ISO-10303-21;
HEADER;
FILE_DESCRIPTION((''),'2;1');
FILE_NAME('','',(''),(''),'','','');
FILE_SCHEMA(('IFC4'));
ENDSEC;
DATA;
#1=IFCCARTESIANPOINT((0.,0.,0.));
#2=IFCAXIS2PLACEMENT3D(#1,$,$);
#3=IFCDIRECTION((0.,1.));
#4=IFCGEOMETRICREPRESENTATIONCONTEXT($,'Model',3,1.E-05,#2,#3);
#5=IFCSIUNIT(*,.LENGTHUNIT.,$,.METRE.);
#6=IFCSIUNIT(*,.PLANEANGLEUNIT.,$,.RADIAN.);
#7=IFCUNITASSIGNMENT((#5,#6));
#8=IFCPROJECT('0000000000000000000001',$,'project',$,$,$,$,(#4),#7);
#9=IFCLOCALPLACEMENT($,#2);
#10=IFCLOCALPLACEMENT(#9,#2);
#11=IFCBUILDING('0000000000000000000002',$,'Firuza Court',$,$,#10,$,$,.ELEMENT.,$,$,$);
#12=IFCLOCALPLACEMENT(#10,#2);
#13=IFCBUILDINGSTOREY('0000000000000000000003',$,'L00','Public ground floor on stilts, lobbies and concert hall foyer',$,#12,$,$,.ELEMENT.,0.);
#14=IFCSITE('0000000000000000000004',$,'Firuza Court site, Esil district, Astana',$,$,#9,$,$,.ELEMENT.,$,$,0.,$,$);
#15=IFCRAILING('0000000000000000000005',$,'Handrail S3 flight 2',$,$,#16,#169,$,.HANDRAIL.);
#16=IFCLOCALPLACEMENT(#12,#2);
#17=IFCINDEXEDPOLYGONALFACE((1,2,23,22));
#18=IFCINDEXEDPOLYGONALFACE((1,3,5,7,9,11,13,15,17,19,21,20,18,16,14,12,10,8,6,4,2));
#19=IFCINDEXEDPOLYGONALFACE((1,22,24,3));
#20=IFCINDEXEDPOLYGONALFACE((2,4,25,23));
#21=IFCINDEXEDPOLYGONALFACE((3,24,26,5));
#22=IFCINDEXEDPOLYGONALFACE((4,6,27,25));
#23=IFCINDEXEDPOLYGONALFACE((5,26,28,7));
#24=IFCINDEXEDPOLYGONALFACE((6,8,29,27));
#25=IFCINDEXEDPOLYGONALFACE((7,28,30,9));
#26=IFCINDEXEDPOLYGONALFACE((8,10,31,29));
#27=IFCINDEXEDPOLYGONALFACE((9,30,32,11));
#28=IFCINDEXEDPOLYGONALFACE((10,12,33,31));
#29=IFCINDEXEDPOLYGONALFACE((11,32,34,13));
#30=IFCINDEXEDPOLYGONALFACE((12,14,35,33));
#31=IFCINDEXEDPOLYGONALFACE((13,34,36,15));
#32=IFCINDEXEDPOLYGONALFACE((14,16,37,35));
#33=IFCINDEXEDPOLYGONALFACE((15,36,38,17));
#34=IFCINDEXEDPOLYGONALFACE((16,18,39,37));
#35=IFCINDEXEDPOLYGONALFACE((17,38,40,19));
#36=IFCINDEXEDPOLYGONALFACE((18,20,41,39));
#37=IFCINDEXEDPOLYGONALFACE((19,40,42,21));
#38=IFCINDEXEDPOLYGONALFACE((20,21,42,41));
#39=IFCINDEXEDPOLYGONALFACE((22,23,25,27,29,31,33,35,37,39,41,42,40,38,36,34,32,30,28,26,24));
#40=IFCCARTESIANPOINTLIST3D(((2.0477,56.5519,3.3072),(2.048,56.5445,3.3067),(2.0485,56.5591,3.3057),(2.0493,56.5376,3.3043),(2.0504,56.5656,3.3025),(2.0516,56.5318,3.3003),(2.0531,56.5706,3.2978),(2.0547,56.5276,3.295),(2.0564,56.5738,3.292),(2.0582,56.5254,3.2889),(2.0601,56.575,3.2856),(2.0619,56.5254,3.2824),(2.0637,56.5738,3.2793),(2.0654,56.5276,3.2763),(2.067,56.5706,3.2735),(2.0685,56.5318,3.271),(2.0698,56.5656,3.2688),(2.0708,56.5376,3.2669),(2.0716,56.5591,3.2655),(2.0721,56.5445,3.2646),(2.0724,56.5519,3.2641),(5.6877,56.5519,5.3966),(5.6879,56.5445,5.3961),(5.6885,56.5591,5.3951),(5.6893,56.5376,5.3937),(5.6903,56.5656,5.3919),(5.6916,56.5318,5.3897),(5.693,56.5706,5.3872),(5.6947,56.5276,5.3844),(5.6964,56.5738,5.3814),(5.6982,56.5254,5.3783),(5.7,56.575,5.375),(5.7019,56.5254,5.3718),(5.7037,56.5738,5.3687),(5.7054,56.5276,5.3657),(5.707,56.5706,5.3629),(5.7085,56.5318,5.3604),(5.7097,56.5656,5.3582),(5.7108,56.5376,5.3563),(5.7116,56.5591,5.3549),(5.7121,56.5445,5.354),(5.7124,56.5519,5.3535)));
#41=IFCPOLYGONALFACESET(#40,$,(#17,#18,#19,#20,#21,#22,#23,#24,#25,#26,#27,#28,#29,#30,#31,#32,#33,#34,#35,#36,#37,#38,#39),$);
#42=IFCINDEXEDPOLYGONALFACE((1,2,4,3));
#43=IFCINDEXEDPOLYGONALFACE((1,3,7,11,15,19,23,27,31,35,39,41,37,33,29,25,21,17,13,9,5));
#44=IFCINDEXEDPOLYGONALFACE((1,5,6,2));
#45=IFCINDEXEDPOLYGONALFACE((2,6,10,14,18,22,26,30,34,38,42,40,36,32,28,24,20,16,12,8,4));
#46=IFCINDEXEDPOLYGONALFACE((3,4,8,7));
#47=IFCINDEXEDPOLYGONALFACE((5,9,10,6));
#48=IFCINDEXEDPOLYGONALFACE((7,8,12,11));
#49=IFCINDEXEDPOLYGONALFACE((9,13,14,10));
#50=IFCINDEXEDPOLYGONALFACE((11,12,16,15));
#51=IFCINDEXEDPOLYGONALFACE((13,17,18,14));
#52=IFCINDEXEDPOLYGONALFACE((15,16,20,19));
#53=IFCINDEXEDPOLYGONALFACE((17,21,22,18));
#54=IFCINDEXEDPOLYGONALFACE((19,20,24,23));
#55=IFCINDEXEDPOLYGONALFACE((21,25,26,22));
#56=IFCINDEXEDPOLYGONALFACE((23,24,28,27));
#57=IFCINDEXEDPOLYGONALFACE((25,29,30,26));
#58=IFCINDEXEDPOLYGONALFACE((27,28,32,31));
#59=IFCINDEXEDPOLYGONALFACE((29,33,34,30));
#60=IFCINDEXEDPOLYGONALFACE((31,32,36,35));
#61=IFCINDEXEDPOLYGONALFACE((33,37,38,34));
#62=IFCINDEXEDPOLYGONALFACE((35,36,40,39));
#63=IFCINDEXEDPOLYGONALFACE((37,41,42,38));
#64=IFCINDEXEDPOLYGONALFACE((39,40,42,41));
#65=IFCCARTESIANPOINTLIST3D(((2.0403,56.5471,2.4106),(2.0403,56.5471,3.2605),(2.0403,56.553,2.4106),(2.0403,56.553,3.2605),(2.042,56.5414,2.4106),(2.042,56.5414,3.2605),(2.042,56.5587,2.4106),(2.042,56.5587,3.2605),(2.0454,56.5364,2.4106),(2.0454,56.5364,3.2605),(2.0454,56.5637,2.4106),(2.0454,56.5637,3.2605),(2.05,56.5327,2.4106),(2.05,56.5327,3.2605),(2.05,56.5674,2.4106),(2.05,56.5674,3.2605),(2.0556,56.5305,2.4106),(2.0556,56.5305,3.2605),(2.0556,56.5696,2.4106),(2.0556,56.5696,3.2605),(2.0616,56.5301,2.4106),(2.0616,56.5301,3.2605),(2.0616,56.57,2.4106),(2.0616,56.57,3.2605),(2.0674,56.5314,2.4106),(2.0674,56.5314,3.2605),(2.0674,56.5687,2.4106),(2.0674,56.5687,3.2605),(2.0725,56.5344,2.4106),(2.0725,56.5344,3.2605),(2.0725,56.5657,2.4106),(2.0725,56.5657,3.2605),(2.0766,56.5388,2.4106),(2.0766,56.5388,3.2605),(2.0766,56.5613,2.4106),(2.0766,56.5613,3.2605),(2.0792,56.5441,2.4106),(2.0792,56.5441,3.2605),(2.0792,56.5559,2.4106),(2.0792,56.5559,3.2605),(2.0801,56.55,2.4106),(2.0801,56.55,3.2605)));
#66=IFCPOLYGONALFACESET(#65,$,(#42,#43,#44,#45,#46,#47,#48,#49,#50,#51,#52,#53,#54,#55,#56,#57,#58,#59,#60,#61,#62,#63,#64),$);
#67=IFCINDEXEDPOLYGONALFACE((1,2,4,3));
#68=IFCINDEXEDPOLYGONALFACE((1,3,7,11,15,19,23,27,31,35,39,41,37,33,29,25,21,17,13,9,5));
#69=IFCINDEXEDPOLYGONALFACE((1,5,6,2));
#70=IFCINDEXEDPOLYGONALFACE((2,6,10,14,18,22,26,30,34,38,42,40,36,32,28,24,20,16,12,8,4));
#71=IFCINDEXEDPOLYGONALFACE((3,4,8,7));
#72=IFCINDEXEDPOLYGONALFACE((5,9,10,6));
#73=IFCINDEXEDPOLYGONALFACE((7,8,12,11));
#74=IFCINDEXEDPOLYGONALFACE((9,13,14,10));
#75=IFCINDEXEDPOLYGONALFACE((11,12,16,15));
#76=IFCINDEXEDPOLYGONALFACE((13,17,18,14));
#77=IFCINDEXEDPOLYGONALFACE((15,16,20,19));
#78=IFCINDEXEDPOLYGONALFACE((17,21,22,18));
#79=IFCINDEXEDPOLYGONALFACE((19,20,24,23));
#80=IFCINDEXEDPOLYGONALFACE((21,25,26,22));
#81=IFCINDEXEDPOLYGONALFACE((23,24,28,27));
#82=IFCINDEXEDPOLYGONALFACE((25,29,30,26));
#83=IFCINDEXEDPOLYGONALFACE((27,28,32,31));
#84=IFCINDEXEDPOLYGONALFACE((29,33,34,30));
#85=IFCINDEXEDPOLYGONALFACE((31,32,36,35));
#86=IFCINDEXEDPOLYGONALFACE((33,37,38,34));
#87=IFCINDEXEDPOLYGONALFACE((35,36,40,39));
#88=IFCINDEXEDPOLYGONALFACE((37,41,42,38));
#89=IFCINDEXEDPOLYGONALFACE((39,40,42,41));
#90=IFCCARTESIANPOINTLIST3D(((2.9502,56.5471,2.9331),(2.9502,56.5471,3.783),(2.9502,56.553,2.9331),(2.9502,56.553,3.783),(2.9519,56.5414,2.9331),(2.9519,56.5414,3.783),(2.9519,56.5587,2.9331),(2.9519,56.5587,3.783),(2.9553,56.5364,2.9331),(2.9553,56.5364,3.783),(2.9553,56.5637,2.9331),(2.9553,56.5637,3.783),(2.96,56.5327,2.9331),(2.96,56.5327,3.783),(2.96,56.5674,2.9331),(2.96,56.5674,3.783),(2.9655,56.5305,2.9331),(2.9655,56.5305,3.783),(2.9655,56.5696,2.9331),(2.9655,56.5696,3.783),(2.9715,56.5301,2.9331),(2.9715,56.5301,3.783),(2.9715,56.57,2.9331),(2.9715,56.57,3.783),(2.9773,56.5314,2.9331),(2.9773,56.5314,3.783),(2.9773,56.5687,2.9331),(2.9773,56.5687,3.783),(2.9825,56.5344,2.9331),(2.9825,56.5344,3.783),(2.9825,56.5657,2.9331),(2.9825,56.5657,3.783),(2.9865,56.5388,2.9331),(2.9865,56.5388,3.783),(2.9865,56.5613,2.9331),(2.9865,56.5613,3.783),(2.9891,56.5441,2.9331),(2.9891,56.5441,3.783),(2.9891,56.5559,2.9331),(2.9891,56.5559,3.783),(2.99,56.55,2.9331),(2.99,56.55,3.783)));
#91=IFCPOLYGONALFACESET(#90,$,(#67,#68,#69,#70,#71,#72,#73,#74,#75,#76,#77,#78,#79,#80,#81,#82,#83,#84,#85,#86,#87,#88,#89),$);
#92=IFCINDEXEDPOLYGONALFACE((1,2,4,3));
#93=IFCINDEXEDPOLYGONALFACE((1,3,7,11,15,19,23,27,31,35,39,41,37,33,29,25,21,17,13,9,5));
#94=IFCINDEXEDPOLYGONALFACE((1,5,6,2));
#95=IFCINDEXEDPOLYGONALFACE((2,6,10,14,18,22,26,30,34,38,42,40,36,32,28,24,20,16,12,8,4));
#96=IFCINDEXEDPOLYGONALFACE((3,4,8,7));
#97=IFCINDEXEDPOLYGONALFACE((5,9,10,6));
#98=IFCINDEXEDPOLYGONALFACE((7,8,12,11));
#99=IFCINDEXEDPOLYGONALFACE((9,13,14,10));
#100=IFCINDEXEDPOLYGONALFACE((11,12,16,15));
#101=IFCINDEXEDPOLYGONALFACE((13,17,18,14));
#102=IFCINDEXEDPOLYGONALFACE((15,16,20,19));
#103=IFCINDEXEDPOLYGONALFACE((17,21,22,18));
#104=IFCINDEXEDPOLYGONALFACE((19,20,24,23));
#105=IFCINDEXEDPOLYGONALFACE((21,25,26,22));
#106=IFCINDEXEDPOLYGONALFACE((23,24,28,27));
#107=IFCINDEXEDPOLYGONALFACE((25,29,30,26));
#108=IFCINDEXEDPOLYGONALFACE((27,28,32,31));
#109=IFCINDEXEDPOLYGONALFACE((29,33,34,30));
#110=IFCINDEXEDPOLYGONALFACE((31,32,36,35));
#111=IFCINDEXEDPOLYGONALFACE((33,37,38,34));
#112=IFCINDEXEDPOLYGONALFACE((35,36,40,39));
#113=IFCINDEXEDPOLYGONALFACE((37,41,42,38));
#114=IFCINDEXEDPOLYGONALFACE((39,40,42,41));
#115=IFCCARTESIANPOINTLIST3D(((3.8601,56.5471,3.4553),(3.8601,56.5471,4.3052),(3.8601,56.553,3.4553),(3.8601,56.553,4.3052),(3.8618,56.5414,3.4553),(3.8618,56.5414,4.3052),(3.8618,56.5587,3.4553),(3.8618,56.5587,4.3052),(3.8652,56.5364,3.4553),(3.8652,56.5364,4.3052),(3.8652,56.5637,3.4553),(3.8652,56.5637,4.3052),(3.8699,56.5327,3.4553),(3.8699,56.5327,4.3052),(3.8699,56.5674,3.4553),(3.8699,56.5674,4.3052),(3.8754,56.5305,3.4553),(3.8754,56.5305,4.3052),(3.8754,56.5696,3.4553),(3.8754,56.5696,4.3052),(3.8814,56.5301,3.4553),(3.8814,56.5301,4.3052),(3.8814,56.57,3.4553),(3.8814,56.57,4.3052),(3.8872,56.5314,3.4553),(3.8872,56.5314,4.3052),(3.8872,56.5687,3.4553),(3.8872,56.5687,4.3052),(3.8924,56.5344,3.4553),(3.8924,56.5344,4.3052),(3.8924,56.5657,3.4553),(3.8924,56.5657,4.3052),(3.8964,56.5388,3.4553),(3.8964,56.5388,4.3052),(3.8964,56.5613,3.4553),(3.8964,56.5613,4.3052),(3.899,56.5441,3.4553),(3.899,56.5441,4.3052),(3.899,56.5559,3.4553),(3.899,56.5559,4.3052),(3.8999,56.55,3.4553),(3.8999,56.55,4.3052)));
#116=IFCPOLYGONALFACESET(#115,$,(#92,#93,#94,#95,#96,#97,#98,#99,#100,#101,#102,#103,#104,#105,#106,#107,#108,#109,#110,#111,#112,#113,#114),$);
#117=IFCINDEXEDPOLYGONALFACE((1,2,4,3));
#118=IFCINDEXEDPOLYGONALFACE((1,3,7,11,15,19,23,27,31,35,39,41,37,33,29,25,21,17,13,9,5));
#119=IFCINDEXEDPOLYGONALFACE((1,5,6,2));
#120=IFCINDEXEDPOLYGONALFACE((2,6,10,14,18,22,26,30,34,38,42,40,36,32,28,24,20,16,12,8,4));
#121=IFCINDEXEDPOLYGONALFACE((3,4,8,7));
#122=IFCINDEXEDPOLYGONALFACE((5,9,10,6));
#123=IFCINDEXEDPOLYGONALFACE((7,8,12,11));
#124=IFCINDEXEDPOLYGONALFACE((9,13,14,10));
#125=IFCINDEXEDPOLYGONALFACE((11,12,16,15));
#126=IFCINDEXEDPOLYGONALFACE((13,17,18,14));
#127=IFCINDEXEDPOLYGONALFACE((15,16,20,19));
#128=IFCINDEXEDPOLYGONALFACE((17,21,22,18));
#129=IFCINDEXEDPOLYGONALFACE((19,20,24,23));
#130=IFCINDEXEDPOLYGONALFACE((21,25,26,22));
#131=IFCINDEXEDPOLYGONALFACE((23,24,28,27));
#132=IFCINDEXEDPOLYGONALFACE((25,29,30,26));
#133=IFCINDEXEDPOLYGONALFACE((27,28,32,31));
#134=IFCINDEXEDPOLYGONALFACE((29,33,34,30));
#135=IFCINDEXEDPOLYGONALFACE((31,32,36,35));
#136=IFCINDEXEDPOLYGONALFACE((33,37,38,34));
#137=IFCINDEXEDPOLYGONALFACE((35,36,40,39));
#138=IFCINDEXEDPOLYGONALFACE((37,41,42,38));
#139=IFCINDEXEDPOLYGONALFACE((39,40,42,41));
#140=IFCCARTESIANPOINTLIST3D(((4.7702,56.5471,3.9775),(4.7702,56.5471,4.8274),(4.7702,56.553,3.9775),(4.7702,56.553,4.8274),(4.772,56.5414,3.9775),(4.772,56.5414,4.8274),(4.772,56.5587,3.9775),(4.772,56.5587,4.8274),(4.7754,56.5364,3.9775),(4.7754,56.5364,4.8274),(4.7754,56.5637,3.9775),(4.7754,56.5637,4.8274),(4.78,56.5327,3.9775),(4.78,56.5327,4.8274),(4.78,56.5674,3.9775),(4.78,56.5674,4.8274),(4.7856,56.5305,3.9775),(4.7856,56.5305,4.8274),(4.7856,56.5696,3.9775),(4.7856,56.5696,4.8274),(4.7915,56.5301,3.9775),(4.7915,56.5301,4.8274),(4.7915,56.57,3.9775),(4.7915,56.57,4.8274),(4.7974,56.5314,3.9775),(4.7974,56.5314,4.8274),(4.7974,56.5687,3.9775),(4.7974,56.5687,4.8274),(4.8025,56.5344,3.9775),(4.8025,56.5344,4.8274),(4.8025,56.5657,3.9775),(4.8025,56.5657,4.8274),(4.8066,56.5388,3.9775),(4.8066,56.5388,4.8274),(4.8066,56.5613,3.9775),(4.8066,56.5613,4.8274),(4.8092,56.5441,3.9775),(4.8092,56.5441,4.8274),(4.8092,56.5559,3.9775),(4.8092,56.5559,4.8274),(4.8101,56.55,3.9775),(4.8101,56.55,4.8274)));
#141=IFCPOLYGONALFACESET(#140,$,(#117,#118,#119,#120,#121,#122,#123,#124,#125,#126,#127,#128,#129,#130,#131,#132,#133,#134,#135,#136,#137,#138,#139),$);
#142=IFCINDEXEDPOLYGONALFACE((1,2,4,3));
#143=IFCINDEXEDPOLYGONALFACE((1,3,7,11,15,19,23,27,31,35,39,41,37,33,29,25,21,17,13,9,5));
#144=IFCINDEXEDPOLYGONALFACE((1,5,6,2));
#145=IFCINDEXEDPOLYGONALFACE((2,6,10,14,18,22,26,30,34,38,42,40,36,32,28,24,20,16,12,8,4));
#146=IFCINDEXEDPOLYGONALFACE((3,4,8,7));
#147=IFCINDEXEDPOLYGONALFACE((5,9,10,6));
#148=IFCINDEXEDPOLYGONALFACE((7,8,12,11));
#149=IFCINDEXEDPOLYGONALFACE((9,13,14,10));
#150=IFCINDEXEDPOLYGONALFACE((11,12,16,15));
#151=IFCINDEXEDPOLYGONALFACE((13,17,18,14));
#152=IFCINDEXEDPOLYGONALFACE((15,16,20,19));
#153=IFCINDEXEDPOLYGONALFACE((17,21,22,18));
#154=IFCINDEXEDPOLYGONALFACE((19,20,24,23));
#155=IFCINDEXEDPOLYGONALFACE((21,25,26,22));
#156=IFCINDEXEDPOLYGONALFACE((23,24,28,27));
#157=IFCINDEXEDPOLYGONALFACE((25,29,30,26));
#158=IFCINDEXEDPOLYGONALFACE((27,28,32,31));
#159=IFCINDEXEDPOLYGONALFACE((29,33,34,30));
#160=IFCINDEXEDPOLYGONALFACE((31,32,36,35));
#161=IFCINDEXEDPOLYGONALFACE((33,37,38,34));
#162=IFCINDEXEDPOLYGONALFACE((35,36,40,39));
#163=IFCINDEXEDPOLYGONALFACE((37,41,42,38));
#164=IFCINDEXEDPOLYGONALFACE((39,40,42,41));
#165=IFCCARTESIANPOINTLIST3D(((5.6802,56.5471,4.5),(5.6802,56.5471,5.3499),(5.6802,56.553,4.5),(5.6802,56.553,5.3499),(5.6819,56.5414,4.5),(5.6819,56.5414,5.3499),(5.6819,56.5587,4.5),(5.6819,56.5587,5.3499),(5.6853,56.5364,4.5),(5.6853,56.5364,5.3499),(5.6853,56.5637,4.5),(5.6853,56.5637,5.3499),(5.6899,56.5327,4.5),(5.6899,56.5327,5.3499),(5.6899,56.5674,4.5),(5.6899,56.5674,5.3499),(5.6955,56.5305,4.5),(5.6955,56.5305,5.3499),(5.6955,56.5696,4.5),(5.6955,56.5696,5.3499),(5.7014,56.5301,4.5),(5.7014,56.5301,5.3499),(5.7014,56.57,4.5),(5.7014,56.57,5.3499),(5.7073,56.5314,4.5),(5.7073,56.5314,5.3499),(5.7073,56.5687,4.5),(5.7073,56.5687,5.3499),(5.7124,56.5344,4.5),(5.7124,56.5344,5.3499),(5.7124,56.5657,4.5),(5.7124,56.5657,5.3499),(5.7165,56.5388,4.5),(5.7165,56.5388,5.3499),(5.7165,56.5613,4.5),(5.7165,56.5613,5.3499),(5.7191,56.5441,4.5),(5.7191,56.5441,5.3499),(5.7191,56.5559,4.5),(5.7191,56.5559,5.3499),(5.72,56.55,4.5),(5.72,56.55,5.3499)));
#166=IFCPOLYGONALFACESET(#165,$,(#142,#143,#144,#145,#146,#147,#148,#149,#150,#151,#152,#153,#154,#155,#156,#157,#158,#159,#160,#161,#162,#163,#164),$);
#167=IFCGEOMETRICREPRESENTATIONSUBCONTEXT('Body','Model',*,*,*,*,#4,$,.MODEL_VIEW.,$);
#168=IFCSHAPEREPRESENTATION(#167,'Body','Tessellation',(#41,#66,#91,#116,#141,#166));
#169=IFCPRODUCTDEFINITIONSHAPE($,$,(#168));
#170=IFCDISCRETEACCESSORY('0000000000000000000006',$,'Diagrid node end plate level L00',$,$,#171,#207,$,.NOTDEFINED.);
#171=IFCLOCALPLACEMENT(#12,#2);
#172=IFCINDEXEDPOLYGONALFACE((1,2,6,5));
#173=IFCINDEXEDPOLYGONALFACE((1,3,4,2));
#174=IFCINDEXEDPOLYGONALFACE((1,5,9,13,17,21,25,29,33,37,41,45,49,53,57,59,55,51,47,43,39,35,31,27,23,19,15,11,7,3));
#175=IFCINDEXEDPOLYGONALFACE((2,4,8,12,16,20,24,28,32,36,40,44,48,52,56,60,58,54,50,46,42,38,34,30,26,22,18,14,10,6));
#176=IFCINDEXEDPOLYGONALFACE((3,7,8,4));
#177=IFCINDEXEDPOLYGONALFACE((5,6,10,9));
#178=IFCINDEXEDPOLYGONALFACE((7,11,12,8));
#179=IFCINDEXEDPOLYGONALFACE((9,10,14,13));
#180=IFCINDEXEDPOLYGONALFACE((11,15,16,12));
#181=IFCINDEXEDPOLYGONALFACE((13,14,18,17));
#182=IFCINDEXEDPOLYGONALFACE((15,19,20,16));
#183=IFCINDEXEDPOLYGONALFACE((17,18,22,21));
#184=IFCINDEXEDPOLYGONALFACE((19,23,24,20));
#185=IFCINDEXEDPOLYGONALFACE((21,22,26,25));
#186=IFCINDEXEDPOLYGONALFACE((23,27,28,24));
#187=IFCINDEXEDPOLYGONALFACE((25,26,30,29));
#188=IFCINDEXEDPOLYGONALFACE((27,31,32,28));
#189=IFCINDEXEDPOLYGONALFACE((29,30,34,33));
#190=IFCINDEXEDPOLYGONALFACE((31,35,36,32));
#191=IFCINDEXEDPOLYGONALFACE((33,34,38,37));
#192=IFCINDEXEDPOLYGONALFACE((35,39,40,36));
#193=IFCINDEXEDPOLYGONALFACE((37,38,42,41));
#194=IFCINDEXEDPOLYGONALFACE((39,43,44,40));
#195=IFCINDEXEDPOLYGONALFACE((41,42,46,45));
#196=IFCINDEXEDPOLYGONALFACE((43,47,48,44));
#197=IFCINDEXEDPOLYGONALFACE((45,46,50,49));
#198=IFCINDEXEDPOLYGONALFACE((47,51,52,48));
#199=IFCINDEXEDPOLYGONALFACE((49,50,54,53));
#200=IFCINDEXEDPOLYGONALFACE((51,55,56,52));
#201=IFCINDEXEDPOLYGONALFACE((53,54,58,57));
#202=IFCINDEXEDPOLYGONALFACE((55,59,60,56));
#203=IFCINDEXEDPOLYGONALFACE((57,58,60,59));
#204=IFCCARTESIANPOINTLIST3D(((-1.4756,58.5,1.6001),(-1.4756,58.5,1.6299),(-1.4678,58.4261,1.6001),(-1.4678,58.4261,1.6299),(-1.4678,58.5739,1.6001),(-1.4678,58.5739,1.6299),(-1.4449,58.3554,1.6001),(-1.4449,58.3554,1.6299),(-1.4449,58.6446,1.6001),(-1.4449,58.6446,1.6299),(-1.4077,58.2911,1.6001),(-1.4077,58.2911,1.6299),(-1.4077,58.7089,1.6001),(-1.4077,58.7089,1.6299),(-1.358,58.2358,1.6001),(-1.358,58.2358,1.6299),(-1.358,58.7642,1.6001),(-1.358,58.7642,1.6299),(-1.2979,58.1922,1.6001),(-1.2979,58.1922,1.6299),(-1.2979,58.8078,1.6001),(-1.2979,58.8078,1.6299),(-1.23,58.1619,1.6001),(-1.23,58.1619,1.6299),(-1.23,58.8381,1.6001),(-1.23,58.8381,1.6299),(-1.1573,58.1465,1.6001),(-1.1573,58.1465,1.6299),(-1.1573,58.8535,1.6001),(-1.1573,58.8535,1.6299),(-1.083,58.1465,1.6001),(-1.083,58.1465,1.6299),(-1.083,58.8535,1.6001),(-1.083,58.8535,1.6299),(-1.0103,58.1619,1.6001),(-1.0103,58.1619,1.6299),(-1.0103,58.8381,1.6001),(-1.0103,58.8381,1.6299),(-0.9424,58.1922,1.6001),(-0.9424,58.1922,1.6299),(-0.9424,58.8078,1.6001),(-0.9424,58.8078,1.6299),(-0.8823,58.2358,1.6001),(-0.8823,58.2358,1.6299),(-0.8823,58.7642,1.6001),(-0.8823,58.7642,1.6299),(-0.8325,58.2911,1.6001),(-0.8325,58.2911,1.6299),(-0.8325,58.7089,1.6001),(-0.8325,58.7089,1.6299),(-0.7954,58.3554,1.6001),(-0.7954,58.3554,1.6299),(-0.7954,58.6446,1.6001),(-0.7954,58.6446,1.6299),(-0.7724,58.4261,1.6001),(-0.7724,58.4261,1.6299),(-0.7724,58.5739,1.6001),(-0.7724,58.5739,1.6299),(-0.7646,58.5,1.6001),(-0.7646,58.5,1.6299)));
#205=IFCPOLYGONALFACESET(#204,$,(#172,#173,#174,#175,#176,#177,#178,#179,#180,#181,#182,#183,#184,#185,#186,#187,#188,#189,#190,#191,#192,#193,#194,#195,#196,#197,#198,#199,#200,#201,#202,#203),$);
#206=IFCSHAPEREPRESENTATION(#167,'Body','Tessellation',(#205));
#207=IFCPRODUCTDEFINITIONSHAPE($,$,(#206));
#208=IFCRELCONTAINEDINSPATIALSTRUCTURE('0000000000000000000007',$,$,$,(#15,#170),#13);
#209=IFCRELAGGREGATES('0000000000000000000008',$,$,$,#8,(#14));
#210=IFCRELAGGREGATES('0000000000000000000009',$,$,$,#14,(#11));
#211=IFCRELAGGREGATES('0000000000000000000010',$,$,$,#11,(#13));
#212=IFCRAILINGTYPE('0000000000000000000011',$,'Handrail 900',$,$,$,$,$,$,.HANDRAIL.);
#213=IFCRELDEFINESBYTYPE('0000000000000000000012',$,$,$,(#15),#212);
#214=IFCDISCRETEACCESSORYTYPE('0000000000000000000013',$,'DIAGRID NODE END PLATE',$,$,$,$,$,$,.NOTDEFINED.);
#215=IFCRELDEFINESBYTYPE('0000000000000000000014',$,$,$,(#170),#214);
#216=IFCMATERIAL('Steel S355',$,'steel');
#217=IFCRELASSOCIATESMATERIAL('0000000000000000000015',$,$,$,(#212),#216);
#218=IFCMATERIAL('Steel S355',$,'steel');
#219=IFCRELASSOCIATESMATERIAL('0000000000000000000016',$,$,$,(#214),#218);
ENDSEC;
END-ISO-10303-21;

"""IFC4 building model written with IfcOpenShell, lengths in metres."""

from ifc_helpers import new_model, si_unit, direction, frame, origin, origin_2d, place, context, subcontext, project, spatial, circle, extrude, material, material_profile, profile_set, type_object, element, save


model = new_model("IFC4")

# Units and contexts
model_context = context("Model", 3, precision=1e-05, world=origin(), true_north=direction((0.0, 1.0)))
body_context = subcontext(model_context, "Body", "Model", "MODEL_VIEW")
ifc_project = project(units=[si_unit("LENGTHUNIT", "METRE"), si_unit("PLANEANGLEUNIT", "RADIAN")], contexts=[model_context])

# Site, building, storey
site_placement = place(None, origin())
site = spatial("IfcSite", under=ifc_project, at=site_placement, Name="Firuza Court site, Esil district, Astana", CompositionType="ELEMENT", RefElevation=0.0)
building_placement = place(site_placement, origin())
building = spatial("IfcBuilding", under=site, at=building_placement, Name="Firuza Court", CompositionType="ELEMENT")
storey_placement = place(building_placement, origin())
storey = spatial("IfcBuildingStorey", under=building, at=storey_placement, Name="L00", Description="Public ground floor on stilts, lobbies and concert hall foyer", CompositionType="ELEMENT", Elevation=0.0)

# Railing
ifc_material_1 = material(Name="Steel S355", Category="steel")
railing_type = type_object("IfcRailingType", Name="Handrail 900", PredefinedType="HANDRAIL", material=ifc_material_1)
railing_placement = place(storey_placement, frame((2.0601, 56.55, 2.4106)))
element("IfcRailing", 1, at=railing_placement, inside=storey, type_object=railing_type, Name="Handrail S3 flight 2", PredefinedType="HANDRAIL", context=body_context, shape_type="SweptSolid", body=[
    extrude(circle(Radius=0.0249, at=origin_2d()), frame((0.0, 0.0, 0.875), z_axis=(0.867275, 0.0, 0.497829), x_axis=(0.0, 1.0, 0.0)), (0.0, 0.0, 1.0), 4.197),
    extrude(circle(Radius=0.02, at=origin_2d()), origin(), (0.0, 0.0, 1.0), 0.8499),
    extrude(circle(Radius=0.02, at=origin_2d()), frame((0.9099, 0.0, 0.5225)), (0.0, 0.0, 1.0), 0.8499),
    extrude(circle(Radius=0.02, at=origin_2d()), frame((1.8198, 0.0, 1.0447)), (0.0, 0.0, 1.0), 0.8499),
    extrude(circle(Radius=0.02, at=origin_2d()), frame((2.73, 0.0, 1.5669)), (0.0, 0.0, 1.0), 0.8499),
    extrude(circle(Radius=0.02, at=origin_2d()), frame((3.6399, 0.0, 2.0894)), (0.0, 0.0, 1.0), 0.8499),
])

# Discrete accessory
ifc_material_2 = material(Name="Steel S355", Category="steel")
ifc_material_profile_1 = material_profile(ifc_material_2, circle(Radius=0.3555, at=origin_2d()), Name="PL D711")
ifc_profile_set_1 = profile_set([ifc_material_profile_1], Name="Steel S355")
discrete_accessory_type = type_object("IfcDiscreteAccessoryType", Name="DIAGRID NODE END PLATE", PredefinedType="NOTDEFINED", material=ifc_profile_set_1)
discrete_accessory_placement = place(storey_placement, frame((-1.1201, 58.5, 1.6001), z_axis=(0.0, 0.0, 1.0), x_axis=(1.0, 0.0, 0.0)))
element("IfcDiscreteAccessory", 2, at=discrete_accessory_placement, inside=storey, type_object=discrete_accessory_type, Name="Diagrid node end plate level L00", PredefinedType="NOTDEFINED", context=body_context, shape_type="SweptSolid", body=[
    extrude(circle(Radius=0.3555, at=origin_2d()), origin(), (0.0, 0.0, 1.0), 0.0298),
])

save(model, "model.ifc")
